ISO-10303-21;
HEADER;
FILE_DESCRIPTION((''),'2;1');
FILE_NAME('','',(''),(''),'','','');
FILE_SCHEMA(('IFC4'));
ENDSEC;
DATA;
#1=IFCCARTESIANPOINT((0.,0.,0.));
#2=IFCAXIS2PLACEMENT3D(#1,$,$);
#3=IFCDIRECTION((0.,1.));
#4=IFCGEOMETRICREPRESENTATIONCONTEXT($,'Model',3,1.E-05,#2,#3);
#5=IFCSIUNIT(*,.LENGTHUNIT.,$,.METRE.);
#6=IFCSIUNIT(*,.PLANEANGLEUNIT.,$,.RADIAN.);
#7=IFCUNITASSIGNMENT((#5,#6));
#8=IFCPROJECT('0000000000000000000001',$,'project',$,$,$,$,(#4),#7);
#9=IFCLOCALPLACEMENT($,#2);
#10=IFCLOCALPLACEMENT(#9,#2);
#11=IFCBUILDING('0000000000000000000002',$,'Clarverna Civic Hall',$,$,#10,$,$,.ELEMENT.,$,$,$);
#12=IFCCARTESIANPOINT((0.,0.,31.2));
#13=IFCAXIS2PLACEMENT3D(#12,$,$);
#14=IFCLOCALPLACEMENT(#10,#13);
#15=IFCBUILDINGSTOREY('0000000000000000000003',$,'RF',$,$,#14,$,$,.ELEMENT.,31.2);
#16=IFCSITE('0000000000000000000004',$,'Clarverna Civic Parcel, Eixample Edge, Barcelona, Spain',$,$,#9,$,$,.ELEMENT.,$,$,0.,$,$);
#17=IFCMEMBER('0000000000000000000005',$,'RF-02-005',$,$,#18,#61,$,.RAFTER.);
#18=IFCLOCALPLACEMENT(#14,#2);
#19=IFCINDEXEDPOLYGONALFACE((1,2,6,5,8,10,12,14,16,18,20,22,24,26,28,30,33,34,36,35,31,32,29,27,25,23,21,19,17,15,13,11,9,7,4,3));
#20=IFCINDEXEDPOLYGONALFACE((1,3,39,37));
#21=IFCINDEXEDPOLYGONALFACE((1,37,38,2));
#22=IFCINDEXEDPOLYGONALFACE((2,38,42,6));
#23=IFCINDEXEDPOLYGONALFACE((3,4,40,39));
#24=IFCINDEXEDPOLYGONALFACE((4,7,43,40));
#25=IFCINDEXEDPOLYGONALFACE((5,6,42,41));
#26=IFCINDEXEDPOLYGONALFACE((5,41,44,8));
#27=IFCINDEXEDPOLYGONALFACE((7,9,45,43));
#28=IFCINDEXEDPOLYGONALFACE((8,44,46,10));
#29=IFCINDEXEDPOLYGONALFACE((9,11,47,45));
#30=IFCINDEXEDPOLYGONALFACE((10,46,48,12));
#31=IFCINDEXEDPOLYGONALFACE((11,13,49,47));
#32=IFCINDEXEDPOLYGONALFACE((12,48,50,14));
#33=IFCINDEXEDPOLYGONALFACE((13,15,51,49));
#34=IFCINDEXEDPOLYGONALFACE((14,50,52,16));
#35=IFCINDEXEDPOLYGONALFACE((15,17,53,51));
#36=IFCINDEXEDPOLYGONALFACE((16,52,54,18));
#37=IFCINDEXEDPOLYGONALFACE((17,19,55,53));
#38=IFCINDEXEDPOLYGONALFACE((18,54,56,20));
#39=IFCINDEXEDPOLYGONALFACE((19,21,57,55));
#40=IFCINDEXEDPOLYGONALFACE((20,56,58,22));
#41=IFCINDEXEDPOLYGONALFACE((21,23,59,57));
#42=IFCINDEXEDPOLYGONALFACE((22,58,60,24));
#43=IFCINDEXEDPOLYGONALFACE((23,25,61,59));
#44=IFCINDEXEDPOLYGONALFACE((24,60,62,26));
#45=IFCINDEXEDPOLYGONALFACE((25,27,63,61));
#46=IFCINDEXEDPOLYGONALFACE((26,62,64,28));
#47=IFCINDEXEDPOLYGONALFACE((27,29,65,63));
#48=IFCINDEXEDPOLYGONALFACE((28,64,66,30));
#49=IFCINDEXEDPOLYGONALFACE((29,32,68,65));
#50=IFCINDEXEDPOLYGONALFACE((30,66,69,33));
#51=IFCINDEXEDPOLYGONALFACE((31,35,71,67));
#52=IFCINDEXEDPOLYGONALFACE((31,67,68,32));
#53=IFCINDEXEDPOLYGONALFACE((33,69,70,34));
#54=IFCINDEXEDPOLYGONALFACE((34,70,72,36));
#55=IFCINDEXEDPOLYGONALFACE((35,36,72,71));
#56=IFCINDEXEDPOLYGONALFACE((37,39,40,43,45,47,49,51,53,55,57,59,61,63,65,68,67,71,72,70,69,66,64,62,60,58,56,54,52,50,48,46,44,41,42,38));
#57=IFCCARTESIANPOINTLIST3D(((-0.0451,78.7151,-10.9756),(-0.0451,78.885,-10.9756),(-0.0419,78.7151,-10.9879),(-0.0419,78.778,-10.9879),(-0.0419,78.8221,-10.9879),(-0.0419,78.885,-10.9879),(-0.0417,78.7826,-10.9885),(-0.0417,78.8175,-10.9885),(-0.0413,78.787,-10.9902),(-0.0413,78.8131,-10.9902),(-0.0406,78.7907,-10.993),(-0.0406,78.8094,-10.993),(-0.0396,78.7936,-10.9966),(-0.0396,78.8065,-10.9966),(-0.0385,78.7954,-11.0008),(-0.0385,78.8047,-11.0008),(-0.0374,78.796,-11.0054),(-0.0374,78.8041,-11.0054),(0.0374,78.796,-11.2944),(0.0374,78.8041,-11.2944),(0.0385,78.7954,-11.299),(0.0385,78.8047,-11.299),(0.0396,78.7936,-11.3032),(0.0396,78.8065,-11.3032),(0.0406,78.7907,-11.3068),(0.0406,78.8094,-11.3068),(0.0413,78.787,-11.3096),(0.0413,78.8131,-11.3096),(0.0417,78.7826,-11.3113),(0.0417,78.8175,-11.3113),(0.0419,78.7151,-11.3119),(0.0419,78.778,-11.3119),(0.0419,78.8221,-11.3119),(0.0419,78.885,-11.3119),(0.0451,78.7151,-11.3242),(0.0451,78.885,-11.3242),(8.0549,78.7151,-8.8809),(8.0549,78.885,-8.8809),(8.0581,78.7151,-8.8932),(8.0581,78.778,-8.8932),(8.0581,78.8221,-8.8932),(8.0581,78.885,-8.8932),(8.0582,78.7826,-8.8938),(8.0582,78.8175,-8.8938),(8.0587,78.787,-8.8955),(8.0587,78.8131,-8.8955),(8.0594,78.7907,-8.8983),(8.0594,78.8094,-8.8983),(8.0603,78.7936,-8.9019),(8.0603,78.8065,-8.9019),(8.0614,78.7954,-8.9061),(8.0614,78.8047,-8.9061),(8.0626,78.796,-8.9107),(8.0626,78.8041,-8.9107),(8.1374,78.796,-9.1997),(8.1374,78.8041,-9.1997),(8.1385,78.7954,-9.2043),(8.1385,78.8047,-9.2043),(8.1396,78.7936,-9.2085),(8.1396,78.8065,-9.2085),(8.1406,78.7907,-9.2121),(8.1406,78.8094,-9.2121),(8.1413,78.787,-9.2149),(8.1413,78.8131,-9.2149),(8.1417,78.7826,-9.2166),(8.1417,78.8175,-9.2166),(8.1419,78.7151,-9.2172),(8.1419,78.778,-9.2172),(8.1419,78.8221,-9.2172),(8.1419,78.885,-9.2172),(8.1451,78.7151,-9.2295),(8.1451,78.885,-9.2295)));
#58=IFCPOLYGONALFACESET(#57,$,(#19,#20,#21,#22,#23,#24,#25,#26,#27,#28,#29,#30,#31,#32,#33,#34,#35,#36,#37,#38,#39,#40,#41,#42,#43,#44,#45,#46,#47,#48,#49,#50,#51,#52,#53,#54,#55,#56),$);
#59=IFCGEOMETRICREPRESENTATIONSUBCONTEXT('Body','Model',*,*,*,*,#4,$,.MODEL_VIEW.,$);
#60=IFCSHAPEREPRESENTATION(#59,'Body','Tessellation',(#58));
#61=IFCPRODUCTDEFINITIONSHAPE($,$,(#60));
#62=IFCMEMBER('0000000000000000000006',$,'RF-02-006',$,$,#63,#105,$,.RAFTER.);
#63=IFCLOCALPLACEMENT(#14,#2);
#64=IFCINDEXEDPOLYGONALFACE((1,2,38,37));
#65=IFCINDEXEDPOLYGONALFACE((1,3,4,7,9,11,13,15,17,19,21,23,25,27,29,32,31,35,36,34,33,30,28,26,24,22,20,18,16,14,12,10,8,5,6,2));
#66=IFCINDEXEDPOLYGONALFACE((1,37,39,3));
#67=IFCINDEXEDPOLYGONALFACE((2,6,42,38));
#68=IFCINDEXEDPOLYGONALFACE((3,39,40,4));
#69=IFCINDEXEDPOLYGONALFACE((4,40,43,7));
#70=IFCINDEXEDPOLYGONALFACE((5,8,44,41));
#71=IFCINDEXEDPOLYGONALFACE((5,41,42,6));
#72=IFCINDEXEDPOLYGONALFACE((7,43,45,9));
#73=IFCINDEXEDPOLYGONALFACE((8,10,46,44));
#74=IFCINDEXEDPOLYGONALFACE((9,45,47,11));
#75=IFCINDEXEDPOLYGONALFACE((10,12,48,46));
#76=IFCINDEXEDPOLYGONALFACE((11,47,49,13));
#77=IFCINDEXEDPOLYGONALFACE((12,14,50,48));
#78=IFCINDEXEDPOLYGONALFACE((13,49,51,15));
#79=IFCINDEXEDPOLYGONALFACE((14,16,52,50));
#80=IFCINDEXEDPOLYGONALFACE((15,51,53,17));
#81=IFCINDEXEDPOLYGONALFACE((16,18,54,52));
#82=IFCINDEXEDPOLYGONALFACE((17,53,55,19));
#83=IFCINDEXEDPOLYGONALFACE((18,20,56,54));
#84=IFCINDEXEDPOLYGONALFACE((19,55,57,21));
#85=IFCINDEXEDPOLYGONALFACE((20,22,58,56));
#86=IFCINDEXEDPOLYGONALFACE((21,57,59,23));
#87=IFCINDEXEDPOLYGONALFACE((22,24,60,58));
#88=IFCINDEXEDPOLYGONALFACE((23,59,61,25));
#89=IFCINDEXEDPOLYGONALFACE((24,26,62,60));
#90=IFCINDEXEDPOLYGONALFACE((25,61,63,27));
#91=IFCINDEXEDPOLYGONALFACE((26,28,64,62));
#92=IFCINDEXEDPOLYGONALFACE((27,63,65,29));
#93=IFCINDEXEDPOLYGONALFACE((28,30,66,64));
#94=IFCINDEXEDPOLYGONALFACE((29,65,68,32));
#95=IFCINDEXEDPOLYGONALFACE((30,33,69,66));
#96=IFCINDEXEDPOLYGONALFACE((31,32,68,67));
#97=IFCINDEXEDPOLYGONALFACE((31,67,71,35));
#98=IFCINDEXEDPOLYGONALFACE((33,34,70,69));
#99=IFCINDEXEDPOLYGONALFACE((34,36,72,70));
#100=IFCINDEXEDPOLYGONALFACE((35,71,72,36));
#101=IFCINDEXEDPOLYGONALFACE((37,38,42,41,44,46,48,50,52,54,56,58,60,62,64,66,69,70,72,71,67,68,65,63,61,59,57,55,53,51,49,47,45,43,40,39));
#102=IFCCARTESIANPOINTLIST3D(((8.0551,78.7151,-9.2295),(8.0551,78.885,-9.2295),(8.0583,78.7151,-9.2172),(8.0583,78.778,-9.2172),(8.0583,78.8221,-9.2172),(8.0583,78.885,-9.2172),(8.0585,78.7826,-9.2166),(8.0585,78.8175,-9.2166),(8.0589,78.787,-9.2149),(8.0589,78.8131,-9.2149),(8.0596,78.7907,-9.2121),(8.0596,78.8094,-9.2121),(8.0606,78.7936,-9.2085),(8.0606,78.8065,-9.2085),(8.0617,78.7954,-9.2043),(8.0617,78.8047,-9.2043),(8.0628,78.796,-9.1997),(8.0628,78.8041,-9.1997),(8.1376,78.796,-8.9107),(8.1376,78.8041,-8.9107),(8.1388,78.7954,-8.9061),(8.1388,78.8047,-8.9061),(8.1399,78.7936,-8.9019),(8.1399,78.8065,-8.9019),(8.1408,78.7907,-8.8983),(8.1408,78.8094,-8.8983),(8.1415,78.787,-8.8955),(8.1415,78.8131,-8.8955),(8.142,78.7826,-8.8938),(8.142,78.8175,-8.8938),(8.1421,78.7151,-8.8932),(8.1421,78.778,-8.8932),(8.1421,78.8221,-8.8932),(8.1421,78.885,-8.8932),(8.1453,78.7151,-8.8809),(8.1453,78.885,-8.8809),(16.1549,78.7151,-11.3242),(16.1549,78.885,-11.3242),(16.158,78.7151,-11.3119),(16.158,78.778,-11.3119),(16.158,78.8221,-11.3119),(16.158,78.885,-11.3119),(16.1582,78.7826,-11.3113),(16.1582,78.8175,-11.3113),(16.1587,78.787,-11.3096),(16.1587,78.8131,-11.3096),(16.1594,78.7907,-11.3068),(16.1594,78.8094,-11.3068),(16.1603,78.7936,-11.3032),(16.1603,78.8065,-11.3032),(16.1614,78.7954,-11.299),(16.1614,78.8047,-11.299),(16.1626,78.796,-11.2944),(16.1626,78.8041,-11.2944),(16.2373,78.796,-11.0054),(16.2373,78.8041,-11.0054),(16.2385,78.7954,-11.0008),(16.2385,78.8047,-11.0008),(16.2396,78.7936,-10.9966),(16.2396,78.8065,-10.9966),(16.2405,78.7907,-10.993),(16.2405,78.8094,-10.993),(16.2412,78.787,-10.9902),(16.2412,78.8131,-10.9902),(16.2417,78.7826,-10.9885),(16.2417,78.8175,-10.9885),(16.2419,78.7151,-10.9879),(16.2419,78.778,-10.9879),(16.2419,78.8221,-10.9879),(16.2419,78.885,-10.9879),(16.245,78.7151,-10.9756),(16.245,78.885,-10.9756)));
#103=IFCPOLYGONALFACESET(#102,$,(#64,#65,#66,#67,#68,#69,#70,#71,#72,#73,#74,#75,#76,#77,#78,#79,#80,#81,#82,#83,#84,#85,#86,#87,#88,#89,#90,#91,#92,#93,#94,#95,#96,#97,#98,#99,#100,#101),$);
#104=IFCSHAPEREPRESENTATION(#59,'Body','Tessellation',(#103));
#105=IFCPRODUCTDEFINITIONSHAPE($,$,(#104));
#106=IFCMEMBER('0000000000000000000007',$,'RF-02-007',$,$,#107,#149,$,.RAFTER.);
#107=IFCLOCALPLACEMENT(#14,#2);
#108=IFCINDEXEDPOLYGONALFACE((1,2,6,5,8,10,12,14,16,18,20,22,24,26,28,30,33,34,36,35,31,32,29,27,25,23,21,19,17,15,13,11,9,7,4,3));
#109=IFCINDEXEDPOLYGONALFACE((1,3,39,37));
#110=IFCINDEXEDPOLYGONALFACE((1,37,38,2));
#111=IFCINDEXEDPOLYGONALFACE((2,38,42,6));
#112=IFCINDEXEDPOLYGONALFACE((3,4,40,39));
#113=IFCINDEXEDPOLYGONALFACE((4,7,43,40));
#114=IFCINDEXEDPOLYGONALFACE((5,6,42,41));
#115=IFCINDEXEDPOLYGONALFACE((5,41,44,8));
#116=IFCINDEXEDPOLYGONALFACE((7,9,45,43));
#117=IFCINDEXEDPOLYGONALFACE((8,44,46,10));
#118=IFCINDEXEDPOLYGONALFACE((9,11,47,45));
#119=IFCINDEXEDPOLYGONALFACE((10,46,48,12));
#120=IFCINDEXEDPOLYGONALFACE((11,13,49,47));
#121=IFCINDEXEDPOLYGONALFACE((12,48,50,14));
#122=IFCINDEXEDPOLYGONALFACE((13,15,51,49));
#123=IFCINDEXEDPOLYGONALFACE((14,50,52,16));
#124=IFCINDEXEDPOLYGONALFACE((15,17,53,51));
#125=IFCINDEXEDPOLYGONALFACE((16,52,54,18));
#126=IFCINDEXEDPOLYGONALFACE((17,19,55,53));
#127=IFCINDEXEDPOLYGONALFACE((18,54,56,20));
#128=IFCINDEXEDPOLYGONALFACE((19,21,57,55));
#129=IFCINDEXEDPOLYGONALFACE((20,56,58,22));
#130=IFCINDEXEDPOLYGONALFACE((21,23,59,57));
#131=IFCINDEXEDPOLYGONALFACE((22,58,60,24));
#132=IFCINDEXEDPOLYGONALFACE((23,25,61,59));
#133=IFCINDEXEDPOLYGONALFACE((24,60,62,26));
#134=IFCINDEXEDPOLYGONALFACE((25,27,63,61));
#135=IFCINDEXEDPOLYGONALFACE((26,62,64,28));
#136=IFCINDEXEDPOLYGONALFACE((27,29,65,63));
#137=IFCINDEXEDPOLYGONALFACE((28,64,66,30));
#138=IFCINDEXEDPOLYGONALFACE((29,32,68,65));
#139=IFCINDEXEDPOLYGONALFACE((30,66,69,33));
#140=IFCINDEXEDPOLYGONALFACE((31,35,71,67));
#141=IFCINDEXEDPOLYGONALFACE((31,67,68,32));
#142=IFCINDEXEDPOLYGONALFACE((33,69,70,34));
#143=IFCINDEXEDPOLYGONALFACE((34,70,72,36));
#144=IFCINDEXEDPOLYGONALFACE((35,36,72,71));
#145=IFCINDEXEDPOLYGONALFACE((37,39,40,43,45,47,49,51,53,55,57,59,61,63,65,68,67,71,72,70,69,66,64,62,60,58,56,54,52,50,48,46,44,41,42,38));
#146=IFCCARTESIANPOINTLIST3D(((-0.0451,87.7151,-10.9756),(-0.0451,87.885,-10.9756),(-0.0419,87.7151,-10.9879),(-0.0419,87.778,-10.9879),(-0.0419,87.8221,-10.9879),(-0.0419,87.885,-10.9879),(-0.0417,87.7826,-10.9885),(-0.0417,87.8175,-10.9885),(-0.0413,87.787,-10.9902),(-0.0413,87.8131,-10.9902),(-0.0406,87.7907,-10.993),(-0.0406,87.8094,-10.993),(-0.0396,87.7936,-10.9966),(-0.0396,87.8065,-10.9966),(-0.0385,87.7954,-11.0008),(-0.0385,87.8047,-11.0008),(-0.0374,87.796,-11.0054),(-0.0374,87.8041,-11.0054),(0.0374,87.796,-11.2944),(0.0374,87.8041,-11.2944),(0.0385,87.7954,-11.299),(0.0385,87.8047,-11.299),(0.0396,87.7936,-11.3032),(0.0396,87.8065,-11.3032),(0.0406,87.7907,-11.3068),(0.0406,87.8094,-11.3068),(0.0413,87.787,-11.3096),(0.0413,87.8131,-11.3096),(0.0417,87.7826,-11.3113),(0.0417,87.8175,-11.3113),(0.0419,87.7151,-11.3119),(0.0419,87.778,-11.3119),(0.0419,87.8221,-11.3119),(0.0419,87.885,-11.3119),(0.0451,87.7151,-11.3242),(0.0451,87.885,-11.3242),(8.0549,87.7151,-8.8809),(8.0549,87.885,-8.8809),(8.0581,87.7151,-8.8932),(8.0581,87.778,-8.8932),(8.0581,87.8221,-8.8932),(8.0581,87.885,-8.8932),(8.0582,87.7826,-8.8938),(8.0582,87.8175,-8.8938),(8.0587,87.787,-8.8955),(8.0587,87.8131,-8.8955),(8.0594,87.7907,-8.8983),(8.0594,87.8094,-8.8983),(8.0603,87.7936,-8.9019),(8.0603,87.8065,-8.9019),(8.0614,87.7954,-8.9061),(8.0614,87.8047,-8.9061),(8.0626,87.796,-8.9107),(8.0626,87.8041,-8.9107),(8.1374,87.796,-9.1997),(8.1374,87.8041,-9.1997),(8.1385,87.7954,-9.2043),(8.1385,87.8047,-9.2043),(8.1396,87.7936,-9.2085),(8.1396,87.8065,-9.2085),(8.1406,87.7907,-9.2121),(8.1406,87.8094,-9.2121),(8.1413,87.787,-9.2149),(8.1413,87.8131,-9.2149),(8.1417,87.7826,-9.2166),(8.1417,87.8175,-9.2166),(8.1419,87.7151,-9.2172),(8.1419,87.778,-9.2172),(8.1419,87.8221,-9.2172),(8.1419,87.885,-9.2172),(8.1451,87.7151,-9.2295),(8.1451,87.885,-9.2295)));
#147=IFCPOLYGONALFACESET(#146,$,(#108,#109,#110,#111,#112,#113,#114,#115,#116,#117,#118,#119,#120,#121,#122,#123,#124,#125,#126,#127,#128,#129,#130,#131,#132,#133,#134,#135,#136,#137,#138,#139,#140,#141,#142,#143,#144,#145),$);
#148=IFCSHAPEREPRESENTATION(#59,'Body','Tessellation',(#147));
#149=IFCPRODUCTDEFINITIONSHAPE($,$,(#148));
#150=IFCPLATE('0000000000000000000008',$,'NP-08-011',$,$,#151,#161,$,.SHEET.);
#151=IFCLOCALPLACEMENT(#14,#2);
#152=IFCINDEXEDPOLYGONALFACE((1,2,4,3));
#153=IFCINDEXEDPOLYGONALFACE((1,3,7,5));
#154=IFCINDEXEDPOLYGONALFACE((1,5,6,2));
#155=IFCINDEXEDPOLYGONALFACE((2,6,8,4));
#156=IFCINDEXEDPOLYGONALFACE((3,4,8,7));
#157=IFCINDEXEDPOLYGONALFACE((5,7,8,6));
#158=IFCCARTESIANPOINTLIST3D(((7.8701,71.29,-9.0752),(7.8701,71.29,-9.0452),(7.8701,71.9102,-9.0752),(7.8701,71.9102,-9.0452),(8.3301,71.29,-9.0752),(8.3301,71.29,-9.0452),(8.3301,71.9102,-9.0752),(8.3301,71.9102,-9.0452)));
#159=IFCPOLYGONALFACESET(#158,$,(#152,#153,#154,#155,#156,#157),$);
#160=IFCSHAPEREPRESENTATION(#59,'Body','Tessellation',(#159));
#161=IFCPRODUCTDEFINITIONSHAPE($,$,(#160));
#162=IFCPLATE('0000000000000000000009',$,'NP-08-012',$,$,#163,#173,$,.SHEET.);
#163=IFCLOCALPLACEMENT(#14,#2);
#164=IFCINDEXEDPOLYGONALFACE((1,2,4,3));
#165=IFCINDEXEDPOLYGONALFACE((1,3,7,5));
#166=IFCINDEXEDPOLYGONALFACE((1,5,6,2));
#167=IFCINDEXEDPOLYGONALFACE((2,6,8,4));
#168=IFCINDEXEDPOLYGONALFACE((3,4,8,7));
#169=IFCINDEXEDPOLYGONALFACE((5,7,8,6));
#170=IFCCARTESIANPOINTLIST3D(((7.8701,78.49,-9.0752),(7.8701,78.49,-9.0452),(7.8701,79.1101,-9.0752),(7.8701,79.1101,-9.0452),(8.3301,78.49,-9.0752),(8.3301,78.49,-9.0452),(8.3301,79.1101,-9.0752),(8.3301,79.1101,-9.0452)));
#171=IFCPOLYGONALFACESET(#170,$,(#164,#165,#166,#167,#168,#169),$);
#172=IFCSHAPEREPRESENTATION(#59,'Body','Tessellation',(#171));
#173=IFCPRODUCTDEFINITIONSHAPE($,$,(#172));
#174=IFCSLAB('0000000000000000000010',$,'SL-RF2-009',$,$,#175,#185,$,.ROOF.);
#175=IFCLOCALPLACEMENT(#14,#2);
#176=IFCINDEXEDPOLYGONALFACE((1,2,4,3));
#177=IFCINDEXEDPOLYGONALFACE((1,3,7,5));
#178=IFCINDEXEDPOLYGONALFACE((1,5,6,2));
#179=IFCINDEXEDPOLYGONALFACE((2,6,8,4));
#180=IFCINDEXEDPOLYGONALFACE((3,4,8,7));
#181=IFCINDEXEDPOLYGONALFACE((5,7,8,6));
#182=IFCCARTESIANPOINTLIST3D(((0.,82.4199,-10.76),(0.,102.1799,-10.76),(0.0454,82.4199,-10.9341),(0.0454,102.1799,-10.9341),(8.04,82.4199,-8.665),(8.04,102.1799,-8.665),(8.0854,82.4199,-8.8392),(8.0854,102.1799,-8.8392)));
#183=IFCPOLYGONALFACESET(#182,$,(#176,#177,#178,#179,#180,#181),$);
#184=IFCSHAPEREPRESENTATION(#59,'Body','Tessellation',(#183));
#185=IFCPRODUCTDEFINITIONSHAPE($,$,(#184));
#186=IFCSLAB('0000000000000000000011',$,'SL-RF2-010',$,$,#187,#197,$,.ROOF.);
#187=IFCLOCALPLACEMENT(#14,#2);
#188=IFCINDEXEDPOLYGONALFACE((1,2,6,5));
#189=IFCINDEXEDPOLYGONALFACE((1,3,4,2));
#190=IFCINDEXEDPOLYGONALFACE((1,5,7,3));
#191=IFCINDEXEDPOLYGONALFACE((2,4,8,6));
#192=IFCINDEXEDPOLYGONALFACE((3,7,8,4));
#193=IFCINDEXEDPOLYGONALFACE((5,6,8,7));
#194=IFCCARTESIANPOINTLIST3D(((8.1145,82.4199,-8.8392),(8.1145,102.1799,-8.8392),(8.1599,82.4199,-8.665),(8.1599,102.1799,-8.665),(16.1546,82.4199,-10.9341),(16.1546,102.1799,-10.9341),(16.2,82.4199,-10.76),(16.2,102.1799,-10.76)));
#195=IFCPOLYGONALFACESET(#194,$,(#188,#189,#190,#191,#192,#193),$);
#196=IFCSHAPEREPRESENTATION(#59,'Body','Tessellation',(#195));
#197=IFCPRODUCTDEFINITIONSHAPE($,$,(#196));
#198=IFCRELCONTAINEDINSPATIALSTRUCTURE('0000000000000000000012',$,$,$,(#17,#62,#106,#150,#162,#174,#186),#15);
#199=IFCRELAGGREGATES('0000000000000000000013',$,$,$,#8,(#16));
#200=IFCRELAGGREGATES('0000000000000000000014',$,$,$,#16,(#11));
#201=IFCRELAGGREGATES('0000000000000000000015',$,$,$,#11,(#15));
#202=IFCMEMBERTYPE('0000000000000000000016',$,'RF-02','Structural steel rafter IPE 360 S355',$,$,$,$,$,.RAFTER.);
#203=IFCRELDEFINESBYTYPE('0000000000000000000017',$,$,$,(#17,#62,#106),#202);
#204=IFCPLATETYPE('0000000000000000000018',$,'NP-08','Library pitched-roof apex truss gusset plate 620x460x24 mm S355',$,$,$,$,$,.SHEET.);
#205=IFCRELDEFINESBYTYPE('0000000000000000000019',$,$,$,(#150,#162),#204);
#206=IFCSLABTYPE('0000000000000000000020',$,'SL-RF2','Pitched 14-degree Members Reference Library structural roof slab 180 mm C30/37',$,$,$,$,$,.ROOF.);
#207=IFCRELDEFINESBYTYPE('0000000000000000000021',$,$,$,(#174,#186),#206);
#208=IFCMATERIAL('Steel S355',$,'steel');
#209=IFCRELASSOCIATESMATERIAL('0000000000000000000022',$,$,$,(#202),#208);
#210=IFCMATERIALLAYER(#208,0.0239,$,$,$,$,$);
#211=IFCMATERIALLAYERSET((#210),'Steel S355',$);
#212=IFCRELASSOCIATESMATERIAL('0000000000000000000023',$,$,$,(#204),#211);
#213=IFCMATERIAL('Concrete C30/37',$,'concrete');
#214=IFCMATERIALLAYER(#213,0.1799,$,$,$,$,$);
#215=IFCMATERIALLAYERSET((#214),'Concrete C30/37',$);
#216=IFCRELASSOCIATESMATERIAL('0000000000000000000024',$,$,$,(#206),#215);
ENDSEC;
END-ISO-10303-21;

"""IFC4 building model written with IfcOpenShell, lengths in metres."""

from ifc_helpers import new_model, si_unit, direction, frame, origin, origin_2d, place, context, subcontext, project, spatial, polyline, rectangle, i_section, outline, extrude, material, layer, layer_set, material_profile, profile_set, type_object, element, save


model = new_model("IFC4")

# Units and contexts
model_context = context("Model", 3, precision=1e-05, world=origin(), true_north=direction((0.0, 1.0)))
body_context = subcontext(model_context, "Body", "Model", "MODEL_VIEW")
ifc_project = project(units=[si_unit("LENGTHUNIT", "METRE"), si_unit("PLANEANGLEUNIT", "RADIAN")], contexts=[model_context])

# Site, building, storey
site_placement = place(None, origin())
site = spatial("IfcSite", under=ifc_project, at=site_placement, Name="Clarverna Civic Parcel, Eixample Edge, Barcelona, Spain", CompositionType="ELEMENT", RefElevation=0.0)
building_placement = place(site_placement, origin())
building = spatial("IfcBuilding", under=site, at=building_placement, Name="Clarverna Civic Hall", CompositionType="ELEMENT")
storey_placement = place(building_placement, frame((0.0, 0.0, 31.2)))
storey = spatial("IfcBuildingStorey", under=building, at=storey_placement, Name="RF", CompositionType="ELEMENT", Elevation=31.2)

# Members
ifc_material_1 = material(Name="Steel S355", Category="steel")
ifc_material_profile_1 = material_profile(ifc_material_1, i_section(OverallWidth=0.1699, OverallDepth=0.3601, WebThickness=0.0081, FlangeThickness=0.0127, FilletRadius=0.0181, at=origin_2d()), Name="IPE 360")
ifc_profile_set_1 = profile_set([ifc_material_profile_1], Name="Steel S355")
member_type_1 = type_object("IfcMemberType", Name="RF-02", Description="Structural steel rafter IPE 360 S355", PredefinedType="RAFTER", material=ifc_profile_set_1)
member_1_placement = place(storey_placement, frame((0.0, 78.8, -11.1499), z_axis=(0.968151, 0.0, 0.250369), x_axis=(0.0, 1.0, 0.0)))
element("IfcMember", 1, at=member_1_placement, inside=storey, type_object=member_type_1, Name="RF-02-005", PredefinedType="RAFTER", context=body_context, shape_type="SweptSolid", body=[
    extrude(i_section(OverallWidth=0.1699, OverallDepth=0.3601, WebThickness=0.0081, FlangeThickness=0.0127, FilletRadius=0.0181, at=origin_2d()), origin(), (0.0, 0.0, 1.0), 8.3665),
])
member_2_placement = place(storey_placement, frame((16.2, 78.8, -11.1499), z_axis=(-0.968149, 0.0, 0.250376), x_axis=(0.0, -1.0, 0.0)))
element("IfcMember", 2, at=member_2_placement, inside=storey, type_object=member_type_1, Name="RF-02-006", PredefinedType="RAFTER", context=body_context, shape_type="SweptSolid", body=[
    extrude(i_section(OverallWidth=0.1699, OverallDepth=0.3601, WebThickness=0.0081, FlangeThickness=0.0127, FilletRadius=0.0181, at=origin_2d()), origin(), (0.0, 0.0, 1.0), 8.3662),
])
member_3_placement = place(storey_placement, frame((0.0, 87.8, -11.1499), z_axis=(0.968151, 0.0, 0.250369), x_axis=(0.0, 1.0, 0.0)))
element("IfcMember", 3, at=member_3_placement, inside=storey, type_object=member_type_1, Name="RF-02-007", PredefinedType="RAFTER", context=body_context, shape_type="SweptSolid", body=[
    extrude(i_section(OverallWidth=0.1699, OverallDepth=0.3601, WebThickness=0.0081, FlangeThickness=0.0127, FilletRadius=0.0181, at=origin_2d()), origin(), (0.0, 0.0, 1.0), 8.3665),
])

# Plates
ifc_layer_1 = layer(ifc_material_1, 0.0239)
ifc_layer_set_1 = layer_set([ifc_layer_1], Name="Steel S355")
plate_type = type_object("IfcPlateType", Name="NP-08", Description="Library pitched-roof apex truss gusset plate 620x460x24 mm S355", PredefinedType="SHEET", material=ifc_layer_set_1)
for number, where, z_axis, x_axis, name in (
    (4, (8.1001, 71.6001, -9.0752), (0.0, 0.0, 1.0), (1.0, 0.0, 0.0), "NP-08-011"),
    (5, (8.1001, 78.8, -9.0752), (0.0, 0.0, 1.0), (1.0, 0.0, 0.0), "NP-08-012"),
):
    element("IfcPlate", number, at=place(storey_placement, frame(where, z_axis=z_axis, x_axis=x_axis)), inside=storey, type_object=plate_type, Name=name, PredefinedType="SHEET", context=body_context, shape_type="SweptSolid", body=[
        extrude(rectangle(XDim=0.46, YDim=0.6201, at=origin_2d()), origin(), (0.0, 0.0, 1.0), 0.03),
    ])

# Slabs
ifc_material_2 = material(Name="Concrete C30/37", Category="concrete")
ifc_layer_2 = layer(ifc_material_2, 0.1799)
ifc_layer_set_2 = layer_set([ifc_layer_2], Name="Concrete C30/37")
slab_type = type_object("IfcSlabType", Name="SL-RF2", Description="Pitched 14-degree Members Reference Library structural roof slab 180 mm C30/37", PredefinedType="ROOF", material=ifc_layer_set_2)
for number, where, z_axis, x_axis, name in (
    (6, (0.0, 82.4199, -10.76), (-0.252148, 0.0, 0.967689), (0.967689, 0.0, 0.252148), "SL-RF2-009"),
    (7, (8.1599, 82.4199, -8.665), (0.252148, 0.0, 0.967689), (0.967689, 0.0, -0.252148), "SL-RF2-010"),
):
    element("IfcSlab", number, at=place(storey_placement, frame(where, z_axis=z_axis, x_axis=x_axis)), inside=storey, type_object=slab_type, Name=name, PredefinedType="ROOF", context=body_context, shape_type="SweptSolid", body=[
        extrude(outline(polyline([(0.0, 0.0), (8.3085, 0.0), (8.3085, 19.76), (0.0, 19.76), (0.0, 0.0)])), origin(), (0.0, 0.0, -1.0), 0.1799),
    ])

save(model, "model.ifc")
